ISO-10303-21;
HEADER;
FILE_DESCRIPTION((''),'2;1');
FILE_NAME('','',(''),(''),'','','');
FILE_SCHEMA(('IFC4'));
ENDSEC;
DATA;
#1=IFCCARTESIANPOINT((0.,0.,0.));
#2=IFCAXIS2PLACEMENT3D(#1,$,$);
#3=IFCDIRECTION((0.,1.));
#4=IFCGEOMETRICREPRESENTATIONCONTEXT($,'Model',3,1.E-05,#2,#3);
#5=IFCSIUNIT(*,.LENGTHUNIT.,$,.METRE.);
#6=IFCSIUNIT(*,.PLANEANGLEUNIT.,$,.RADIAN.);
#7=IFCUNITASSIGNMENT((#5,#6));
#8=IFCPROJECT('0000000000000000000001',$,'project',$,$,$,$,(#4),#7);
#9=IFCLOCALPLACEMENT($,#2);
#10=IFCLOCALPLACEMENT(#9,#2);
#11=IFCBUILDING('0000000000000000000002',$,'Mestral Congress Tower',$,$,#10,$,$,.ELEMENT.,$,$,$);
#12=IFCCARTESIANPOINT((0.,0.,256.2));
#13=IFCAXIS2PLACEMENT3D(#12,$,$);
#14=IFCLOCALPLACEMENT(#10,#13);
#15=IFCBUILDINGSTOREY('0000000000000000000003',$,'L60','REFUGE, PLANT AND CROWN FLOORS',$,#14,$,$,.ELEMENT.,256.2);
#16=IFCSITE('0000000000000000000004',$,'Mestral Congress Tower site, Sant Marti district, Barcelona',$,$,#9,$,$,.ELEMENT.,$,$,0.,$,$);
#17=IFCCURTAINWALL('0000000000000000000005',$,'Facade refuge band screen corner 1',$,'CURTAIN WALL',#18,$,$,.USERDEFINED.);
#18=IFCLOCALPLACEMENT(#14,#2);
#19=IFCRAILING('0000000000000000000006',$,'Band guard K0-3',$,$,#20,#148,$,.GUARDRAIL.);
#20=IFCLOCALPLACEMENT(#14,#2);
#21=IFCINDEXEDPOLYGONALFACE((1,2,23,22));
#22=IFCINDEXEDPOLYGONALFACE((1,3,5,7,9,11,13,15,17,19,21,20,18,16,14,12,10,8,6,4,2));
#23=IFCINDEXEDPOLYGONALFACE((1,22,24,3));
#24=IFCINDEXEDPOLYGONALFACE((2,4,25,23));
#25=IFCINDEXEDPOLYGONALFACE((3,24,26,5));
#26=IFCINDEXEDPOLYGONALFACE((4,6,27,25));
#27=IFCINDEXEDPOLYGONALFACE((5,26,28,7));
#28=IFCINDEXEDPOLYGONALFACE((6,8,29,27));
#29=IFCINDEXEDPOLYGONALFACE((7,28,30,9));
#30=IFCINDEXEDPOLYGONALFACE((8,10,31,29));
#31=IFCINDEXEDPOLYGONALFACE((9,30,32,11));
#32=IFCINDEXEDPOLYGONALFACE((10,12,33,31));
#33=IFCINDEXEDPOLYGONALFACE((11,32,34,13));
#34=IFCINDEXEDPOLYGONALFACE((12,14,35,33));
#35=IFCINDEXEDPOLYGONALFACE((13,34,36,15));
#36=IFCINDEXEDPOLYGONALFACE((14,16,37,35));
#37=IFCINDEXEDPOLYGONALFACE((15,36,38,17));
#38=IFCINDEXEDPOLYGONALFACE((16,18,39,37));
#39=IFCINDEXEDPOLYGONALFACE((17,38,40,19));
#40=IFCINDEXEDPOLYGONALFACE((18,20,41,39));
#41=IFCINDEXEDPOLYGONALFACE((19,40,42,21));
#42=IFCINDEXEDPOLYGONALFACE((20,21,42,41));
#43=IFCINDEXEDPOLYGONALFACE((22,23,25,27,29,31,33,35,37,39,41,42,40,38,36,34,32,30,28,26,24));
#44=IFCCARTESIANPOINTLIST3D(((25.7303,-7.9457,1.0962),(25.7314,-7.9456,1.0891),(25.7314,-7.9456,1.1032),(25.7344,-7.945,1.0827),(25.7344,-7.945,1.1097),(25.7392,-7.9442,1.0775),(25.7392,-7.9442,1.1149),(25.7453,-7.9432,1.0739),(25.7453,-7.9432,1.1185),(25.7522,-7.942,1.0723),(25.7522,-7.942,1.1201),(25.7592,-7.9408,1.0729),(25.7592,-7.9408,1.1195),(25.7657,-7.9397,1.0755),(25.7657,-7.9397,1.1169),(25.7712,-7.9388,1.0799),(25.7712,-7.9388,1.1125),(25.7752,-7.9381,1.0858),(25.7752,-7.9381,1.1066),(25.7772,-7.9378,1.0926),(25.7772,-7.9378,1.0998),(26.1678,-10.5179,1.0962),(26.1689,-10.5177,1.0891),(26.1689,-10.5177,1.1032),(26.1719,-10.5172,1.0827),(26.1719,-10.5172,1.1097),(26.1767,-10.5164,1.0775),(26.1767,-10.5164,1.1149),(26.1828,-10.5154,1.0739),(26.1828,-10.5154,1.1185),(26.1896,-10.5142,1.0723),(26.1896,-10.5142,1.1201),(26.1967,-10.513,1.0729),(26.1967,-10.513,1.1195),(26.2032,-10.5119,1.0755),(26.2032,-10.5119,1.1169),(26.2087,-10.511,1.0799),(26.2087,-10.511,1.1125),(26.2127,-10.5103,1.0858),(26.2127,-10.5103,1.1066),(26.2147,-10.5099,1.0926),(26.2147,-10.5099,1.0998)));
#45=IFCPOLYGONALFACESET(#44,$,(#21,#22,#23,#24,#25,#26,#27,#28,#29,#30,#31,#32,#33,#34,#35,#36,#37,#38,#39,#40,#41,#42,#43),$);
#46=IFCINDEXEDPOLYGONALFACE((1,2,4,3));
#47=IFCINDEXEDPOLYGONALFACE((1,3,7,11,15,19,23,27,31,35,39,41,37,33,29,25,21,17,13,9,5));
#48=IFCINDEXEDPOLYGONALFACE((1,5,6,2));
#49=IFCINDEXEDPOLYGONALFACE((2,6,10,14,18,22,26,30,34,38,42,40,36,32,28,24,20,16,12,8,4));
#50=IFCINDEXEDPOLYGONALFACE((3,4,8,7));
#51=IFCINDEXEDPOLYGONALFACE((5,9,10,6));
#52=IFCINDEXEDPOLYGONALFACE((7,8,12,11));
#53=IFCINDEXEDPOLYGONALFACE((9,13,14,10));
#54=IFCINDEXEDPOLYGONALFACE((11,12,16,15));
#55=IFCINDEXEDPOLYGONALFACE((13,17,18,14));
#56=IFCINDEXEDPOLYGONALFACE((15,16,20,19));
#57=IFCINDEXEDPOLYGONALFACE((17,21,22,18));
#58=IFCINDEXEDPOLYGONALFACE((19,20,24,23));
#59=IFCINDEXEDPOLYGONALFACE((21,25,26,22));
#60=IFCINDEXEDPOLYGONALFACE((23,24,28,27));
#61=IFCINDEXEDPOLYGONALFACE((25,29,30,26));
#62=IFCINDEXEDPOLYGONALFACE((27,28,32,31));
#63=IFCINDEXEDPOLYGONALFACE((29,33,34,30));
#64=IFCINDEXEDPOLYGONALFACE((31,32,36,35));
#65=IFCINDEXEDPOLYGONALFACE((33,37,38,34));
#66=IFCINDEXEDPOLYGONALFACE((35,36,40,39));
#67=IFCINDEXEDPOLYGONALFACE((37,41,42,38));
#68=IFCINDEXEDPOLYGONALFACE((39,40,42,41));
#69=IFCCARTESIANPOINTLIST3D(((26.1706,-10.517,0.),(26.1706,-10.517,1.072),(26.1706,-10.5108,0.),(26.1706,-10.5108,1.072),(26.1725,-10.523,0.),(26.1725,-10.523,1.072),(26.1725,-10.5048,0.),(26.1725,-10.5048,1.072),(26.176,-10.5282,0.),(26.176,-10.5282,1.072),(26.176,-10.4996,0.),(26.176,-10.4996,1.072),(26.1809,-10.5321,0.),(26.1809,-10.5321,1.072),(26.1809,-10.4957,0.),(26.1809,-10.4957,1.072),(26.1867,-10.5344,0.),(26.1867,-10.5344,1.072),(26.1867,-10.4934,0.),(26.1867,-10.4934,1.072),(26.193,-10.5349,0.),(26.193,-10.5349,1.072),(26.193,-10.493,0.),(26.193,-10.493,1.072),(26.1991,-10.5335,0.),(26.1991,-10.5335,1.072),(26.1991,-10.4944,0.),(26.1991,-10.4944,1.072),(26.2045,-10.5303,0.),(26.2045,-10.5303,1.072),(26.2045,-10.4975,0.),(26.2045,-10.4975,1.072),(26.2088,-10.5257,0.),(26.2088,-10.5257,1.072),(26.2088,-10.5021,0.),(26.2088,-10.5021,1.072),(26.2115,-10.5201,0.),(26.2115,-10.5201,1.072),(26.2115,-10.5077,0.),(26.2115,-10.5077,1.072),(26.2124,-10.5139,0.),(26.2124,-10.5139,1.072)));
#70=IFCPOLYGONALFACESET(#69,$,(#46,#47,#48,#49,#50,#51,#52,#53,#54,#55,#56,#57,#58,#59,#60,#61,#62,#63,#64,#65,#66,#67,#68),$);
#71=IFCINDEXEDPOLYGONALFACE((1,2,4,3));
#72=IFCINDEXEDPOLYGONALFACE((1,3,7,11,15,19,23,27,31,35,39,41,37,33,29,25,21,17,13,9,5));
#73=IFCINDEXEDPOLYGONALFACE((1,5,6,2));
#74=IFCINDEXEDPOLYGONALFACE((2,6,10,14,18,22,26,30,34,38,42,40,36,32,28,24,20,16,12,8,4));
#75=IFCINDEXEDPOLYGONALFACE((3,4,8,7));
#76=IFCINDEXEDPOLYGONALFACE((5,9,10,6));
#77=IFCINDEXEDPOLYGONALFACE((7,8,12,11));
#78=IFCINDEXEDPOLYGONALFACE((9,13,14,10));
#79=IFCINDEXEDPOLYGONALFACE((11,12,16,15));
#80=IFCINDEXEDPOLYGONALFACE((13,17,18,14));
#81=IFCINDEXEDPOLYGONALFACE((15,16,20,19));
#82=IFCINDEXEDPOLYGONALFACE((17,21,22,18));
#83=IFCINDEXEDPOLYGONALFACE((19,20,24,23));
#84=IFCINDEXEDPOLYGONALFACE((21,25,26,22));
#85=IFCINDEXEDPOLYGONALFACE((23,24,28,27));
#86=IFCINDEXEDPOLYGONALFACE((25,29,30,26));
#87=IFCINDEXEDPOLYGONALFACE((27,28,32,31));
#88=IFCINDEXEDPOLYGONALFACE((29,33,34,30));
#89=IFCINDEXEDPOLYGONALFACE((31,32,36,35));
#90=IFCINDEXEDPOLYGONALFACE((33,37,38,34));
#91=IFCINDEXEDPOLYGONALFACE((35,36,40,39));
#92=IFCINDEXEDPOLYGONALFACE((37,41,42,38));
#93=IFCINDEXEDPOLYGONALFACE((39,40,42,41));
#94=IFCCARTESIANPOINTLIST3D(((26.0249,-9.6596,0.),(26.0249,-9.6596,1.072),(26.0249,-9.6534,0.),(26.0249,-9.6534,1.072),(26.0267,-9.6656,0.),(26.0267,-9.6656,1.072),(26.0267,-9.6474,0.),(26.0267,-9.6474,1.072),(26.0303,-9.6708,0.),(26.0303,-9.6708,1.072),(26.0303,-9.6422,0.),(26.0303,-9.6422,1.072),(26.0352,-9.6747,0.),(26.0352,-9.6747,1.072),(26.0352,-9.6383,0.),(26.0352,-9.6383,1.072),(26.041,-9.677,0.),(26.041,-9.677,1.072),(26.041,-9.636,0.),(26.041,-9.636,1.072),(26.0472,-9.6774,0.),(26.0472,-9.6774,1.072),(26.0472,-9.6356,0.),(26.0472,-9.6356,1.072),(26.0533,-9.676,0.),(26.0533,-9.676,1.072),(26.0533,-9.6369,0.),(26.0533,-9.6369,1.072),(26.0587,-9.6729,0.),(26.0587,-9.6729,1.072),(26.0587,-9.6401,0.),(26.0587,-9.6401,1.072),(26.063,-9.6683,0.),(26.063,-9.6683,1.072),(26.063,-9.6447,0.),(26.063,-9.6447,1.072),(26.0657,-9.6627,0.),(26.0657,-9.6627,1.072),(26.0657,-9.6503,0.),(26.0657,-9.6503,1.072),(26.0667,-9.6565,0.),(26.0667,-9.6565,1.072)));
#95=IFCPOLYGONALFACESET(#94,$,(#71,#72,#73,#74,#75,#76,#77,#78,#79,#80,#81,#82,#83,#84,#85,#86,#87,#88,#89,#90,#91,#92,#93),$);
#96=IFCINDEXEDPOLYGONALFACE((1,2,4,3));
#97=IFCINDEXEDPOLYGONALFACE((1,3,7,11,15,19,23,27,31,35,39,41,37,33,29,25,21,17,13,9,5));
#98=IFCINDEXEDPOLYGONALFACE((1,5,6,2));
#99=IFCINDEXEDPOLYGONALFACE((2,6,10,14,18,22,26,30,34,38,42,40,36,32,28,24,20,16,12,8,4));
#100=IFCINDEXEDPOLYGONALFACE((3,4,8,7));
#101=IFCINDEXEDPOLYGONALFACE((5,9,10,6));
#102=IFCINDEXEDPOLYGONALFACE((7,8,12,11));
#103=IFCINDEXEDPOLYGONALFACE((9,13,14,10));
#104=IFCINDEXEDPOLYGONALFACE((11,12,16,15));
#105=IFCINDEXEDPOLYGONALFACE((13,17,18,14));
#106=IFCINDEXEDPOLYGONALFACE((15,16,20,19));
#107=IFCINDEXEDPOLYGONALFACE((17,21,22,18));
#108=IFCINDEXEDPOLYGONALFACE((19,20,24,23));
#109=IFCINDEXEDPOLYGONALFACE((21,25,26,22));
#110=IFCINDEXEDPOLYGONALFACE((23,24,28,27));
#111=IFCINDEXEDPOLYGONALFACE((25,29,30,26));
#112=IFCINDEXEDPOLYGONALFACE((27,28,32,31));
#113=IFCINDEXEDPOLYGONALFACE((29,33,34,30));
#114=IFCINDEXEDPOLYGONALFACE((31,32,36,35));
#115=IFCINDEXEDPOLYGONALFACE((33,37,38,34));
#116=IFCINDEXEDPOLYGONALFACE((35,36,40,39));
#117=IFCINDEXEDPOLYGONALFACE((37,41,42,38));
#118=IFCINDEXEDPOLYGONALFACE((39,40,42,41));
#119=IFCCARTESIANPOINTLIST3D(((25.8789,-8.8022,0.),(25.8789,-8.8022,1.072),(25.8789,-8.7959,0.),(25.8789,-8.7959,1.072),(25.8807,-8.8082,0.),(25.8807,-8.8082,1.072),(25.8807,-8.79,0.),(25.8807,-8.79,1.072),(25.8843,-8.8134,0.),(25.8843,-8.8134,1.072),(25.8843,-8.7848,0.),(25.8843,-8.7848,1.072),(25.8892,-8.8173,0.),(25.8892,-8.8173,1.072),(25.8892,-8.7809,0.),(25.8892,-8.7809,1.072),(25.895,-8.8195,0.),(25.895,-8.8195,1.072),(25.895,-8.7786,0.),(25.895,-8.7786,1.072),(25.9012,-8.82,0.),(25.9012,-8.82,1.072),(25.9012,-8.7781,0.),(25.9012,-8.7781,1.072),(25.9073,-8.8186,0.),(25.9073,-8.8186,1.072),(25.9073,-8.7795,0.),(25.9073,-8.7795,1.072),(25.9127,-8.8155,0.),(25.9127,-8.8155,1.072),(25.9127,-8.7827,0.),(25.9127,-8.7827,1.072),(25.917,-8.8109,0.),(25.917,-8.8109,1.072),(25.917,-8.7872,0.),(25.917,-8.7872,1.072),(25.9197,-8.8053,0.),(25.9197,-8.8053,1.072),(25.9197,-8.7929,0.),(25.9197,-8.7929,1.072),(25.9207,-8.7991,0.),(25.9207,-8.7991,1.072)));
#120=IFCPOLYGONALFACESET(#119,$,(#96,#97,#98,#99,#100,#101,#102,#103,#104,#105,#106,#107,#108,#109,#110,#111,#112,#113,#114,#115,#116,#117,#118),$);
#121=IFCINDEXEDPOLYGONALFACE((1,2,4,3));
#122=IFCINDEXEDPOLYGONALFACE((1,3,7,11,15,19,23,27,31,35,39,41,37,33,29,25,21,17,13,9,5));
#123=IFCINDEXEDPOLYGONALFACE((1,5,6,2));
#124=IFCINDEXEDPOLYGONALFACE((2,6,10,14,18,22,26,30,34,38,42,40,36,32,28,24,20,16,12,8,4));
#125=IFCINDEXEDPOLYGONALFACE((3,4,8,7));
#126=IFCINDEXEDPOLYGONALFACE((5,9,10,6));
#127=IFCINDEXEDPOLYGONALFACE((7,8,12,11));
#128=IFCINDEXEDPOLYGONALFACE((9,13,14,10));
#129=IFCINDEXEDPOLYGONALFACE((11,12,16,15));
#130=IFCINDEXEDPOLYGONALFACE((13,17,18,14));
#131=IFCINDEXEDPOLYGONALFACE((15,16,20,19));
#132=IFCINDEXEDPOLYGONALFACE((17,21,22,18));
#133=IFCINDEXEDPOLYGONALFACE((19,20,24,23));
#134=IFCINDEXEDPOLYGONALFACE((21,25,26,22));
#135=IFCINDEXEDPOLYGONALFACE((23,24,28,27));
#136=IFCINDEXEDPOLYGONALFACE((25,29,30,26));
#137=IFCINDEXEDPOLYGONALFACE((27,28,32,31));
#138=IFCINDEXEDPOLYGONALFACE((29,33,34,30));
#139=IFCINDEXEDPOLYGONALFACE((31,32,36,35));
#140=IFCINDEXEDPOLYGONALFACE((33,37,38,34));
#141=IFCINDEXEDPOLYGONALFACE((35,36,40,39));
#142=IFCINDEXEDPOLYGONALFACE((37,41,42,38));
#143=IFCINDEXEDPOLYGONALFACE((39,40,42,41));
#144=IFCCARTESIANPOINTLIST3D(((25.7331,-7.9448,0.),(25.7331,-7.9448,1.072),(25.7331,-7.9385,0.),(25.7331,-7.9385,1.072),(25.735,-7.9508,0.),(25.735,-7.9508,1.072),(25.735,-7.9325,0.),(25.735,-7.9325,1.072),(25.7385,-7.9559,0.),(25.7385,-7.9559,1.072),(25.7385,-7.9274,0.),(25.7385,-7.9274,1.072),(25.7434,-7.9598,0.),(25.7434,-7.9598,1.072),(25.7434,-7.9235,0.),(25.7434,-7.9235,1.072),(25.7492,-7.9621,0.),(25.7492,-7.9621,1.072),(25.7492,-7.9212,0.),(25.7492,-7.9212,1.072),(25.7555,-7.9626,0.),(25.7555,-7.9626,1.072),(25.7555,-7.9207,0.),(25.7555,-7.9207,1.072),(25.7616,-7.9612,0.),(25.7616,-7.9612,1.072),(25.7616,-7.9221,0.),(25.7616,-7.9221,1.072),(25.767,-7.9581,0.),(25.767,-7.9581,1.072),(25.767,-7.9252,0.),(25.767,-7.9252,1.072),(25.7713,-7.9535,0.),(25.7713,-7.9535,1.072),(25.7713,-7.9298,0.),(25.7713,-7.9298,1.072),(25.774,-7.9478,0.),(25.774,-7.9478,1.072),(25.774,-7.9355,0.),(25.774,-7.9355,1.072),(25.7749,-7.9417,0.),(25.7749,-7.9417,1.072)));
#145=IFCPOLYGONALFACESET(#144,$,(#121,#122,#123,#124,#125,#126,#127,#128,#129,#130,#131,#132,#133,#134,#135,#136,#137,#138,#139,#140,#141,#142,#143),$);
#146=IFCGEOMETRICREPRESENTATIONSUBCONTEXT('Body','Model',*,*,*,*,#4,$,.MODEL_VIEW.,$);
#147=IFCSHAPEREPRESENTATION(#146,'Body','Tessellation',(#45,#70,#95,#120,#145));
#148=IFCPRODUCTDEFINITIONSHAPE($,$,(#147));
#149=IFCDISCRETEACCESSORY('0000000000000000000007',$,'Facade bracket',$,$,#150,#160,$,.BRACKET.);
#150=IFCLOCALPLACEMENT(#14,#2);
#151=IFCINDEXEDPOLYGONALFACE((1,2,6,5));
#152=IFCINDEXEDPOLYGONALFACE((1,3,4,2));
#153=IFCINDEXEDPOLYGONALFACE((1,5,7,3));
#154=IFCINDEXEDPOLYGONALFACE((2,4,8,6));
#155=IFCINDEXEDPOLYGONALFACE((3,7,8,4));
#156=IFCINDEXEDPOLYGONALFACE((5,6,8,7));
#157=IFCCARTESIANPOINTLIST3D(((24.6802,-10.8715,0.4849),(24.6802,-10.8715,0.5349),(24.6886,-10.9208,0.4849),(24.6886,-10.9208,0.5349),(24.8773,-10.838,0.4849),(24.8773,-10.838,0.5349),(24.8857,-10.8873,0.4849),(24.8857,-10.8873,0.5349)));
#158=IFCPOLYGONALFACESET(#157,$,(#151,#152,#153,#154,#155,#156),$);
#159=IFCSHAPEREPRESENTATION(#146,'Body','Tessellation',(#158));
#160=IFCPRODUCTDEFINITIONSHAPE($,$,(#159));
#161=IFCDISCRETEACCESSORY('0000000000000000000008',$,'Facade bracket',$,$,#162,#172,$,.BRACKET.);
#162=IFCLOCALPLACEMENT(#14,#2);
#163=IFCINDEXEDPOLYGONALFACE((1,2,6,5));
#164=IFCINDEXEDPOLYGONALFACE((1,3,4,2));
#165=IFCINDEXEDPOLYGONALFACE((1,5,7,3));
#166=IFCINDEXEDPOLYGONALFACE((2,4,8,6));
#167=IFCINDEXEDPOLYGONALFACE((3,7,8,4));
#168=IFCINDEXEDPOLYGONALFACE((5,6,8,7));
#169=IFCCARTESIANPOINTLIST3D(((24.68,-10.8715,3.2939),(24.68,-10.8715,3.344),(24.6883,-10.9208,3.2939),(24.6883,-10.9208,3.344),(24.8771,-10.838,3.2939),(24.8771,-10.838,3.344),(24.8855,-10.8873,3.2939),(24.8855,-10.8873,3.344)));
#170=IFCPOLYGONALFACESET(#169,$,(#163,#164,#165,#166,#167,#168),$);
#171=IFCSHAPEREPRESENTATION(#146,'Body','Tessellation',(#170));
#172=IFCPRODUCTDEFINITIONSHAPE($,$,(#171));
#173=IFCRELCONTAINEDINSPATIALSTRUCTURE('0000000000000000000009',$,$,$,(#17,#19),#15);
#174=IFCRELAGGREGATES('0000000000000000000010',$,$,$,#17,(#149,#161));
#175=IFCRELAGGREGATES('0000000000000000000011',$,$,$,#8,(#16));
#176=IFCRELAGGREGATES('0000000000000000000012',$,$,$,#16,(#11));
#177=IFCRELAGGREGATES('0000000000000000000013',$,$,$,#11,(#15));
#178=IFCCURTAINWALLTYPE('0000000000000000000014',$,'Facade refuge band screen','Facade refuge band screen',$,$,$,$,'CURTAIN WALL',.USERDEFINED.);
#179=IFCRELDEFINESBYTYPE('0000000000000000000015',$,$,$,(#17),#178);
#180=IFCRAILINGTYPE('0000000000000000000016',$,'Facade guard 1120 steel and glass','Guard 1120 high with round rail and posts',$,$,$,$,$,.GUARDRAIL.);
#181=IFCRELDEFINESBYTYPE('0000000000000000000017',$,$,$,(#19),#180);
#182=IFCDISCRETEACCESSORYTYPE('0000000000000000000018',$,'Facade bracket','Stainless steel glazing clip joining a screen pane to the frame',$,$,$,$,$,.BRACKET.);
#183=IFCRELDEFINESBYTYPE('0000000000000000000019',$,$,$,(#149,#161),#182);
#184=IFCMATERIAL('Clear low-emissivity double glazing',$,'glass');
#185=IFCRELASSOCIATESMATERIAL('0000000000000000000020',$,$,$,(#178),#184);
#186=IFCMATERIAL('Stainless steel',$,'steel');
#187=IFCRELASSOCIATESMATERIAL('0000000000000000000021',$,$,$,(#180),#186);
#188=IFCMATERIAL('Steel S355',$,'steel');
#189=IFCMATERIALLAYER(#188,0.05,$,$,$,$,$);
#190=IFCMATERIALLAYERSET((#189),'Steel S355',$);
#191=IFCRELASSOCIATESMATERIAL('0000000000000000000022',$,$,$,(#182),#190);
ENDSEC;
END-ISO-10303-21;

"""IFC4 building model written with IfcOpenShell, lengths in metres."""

from ifc_helpers import new_model, si_unit, direction, frame, origin, origin_2d, place, context, subcontext, project, spatial, rectangle, circle, extrude, material, layer, layer_set, type_object, element, aggregate, save


model = new_model("IFC4")

# Units and contexts
model_context = context("Model", 3, precision=1e-05, world=origin(), true_north=direction((0.0, 1.0)))
body_context = subcontext(model_context, "Body", "Model", "MODEL_VIEW")
ifc_project = project(units=[si_unit("LENGTHUNIT", "METRE"), si_unit("PLANEANGLEUNIT", "RADIAN")], contexts=[model_context])

# Site, building, storey
site_placement = place(None, origin())
site = spatial("IfcSite", under=ifc_project, at=site_placement, Name="Mestral Congress Tower site, Sant Marti district, Barcelona", CompositionType="ELEMENT", RefElevation=0.0)
building_placement = place(site_placement, origin())
building = spatial("IfcBuilding", under=site, at=building_placement, Name="Mestral Congress Tower", CompositionType="ELEMENT")
storey_placement = place(building_placement, frame((0.0, 0.0, 256.2)))
storey = spatial("IfcBuildingStorey", under=building, at=storey_placement, Name="L60", Description="REFUGE, PLANT AND CROWN FLOORS", CompositionType="ELEMENT", Elevation=256.2)

# Shared definitions
ifc_material_1 = material(Name="Steel S355", Category="steel")

# Curtain wall
ifc_material_2 = material(Name="Clear low-emissivity double glazing", Category="glass")
curtain_wall_type = type_object("IfcCurtainWallType", Name="Facade refuge band screen", Description="Facade refuge band screen", ElementType="CURTAIN WALL", PredefinedType="USERDEFINED", material=ifc_material_2)
placement = place(storey_placement, origin())
curtain_wall_1 = element("IfcCurtainWall", 1, at=placement, inside=storey, type_object=curtain_wall_type, Name="Facade refuge band screen corner 1", ObjectType="CURTAIN WALL", PredefinedType="USERDEFINED")

# Railing
ifc_material_3 = material(Name="Stainless steel", Category="steel")
railing_type = type_object("IfcRailingType", Name="Facade guard 1120 steel and glass", Description="Guard 1120 high with round rail and posts", PredefinedType="GUARDRAIL", material=ifc_material_3)
railing_placement = place(storey_placement, frame((26.1914, -10.5139, 0.0)))
element("IfcRailing", 2, at=railing_placement, inside=storey, type_object=railing_type, Name="Band guard K0-3", PredefinedType="GUARDRAIL", context=body_context, shape_type="SweptSolid", body=[
    extrude(circle(Radius=0.0239, at=origin_2d()), frame((0.0, 0.0, 1.0962), z_axis=(-0.167676, 0.985842, 0.0), x_axis=(-0.985842, -0.167676, 0.0)), (0.0, 0.0, 1.0), 2.6091),
    extrude(circle(Radius=0.021, at=origin_2d()), origin(), (0.0, 0.0, 1.0), 1.072),
    extrude(circle(Radius=0.021, at=origin_2d()), frame((-0.1458, 0.8574, 0.0)), (0.0, 0.0, 1.0), 1.072),
    extrude(circle(Radius=0.021, at=origin_2d()), frame((-0.2917, 1.7148, 0.0)), (0.0, 0.0, 1.0), 1.072),
    extrude(circle(Radius=0.021, at=origin_2d()), frame((-0.4375, 2.5723, 0.0)), (0.0, 0.0, 1.0), 1.072),
])

# Discrete accessories
ifc_layer_1 = layer(ifc_material_1, 0.05)
ifc_layer_set_1 = layer_set([ifc_layer_1], Name="Steel S355")
discrete_accessory_type = type_object("IfcDiscreteAccessoryType", Name="Facade bracket", Description="Stainless steel glazing clip joining a screen pane to the frame", PredefinedType="BRACKET", material=ifc_layer_set_1)
discrete_accessory_1_placement = place(storey_placement, frame((24.783, -10.8794, 0.4849), z_axis=(0.0, 0.0, 1.0), x_axis=(-0.167633, 0.98585, 0.0)))
discrete_accessory_1 = element("IfcDiscreteAccessory", 3, at=discrete_accessory_1_placement, type_object=discrete_accessory_type, Name="Facade bracket", PredefinedType="BRACKET", context=body_context, shape_type="SweptSolid", body=[
    extrude(rectangle(XDim=0.05, YDim=0.2, at=origin_2d()), origin(), (0.0, 0.0, 1.0), 0.05),
])
discrete_accessory_2_placement = place(storey_placement, frame((24.7827, -10.8794, 3.2939), z_axis=(0.0, 0.0, 1.0), x_axis=(-0.167614, 0.985853, 0.0)))
discrete_accessory_2 = element("IfcDiscreteAccessory", 4, at=discrete_accessory_2_placement, type_object=discrete_accessory_type, Name="Facade bracket", PredefinedType="BRACKET", context=body_context, shape_type="SweptSolid", body=[
    extrude(rectangle(XDim=0.05, YDim=0.2, at=origin_2d()), origin(), (0.0, 0.0, 1.0), 0.05),
])
aggregate(curtain_wall_1, [discrete_accessory_1, discrete_accessory_2])

save(model, "model.ifc")
